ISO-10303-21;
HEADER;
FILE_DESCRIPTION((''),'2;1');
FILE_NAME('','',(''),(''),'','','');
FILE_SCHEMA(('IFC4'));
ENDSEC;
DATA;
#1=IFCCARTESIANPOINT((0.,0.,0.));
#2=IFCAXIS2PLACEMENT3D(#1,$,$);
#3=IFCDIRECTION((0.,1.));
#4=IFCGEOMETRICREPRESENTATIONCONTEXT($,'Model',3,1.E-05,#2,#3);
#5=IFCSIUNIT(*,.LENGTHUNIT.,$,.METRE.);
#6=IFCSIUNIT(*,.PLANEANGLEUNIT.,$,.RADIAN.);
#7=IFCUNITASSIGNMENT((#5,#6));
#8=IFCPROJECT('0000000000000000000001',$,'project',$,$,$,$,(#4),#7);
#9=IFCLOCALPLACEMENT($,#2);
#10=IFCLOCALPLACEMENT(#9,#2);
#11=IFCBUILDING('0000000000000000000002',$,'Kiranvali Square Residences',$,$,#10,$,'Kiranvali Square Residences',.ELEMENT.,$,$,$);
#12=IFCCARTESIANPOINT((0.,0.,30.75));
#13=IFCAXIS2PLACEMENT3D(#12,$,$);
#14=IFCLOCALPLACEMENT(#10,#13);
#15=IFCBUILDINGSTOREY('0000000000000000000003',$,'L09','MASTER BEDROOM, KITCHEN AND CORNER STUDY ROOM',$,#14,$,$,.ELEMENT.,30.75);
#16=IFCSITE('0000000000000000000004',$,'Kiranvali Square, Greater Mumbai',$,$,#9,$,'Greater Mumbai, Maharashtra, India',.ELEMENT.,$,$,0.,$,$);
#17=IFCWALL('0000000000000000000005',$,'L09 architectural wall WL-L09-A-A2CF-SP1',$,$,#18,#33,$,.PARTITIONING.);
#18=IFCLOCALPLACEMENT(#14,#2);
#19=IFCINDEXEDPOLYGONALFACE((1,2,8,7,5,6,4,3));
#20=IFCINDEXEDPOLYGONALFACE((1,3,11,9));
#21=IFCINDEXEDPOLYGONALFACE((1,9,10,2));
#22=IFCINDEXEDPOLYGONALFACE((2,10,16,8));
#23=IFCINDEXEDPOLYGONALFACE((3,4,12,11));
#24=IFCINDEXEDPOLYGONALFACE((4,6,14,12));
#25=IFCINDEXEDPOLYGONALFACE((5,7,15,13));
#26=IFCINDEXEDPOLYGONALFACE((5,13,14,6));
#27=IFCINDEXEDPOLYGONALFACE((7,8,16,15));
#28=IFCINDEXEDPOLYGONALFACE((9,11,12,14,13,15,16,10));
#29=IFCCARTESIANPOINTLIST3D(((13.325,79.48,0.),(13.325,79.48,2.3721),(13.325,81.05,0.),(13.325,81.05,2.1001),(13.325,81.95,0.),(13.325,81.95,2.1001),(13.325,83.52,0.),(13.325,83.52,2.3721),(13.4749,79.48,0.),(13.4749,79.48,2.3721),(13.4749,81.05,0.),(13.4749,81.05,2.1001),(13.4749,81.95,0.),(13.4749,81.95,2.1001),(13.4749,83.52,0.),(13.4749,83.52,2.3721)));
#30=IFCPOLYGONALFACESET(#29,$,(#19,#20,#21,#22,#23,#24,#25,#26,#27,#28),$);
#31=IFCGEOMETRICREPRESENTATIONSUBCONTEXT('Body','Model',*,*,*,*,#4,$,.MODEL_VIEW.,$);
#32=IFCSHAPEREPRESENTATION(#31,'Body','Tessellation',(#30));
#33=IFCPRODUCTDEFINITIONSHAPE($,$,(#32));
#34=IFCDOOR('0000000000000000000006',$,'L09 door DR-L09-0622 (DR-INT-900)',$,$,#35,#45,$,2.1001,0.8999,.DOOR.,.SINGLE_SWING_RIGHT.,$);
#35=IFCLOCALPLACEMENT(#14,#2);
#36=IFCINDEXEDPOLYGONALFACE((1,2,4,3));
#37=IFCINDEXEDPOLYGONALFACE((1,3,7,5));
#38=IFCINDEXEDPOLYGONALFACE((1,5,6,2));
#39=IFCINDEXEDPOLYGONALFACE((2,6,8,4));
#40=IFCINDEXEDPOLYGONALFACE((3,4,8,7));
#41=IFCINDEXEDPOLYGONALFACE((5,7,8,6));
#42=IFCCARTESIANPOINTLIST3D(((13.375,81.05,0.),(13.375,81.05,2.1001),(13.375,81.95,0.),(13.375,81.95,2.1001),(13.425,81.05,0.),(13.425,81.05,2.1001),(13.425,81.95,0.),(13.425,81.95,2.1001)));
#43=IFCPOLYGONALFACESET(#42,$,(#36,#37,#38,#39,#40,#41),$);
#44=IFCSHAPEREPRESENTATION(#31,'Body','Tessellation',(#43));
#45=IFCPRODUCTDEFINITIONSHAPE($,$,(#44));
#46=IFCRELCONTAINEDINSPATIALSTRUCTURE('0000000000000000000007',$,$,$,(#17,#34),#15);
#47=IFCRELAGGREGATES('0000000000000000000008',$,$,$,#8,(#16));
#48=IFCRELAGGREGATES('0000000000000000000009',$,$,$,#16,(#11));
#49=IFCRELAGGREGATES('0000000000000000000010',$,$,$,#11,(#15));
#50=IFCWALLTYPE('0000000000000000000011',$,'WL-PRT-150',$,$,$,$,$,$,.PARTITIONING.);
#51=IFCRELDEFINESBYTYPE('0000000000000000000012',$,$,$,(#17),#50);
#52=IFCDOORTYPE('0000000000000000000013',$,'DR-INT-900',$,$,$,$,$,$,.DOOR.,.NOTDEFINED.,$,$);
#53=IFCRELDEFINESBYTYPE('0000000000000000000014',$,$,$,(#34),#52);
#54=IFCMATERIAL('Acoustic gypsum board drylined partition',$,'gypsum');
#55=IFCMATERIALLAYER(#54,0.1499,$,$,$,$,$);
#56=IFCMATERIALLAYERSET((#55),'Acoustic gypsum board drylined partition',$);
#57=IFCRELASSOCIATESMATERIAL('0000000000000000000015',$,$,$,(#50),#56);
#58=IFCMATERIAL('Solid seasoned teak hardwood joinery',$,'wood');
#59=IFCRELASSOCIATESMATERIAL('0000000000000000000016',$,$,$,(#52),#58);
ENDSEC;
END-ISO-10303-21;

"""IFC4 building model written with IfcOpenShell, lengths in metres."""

from ifc_helpers import new_model, si_unit, direction, frame, frame_2d, origin, place, context, subcontext, project, spatial, rectangle, extrude, material, layer, layer_set, type_object, element, fill, save


model = new_model("IFC4")

# Units and contexts
model_context = context("Model", 3, precision=1e-05, world=origin(), true_north=direction((0.0, 1.0)))
body_context = subcontext(model_context, "Body", "Model", "MODEL_VIEW")
ifc_project = project(units=[si_unit("LENGTHUNIT", "METRE"), si_unit("PLANEANGLEUNIT", "RADIAN")], contexts=[model_context])

# Site, building, storey
site_placement = place(None, origin())
site = spatial("IfcSite", under=ifc_project, at=site_placement, Name="Kiranvali Square, Greater Mumbai", LongName="Greater Mumbai, Maharashtra, India", CompositionType="ELEMENT", RefElevation=0.0)
building_placement = place(site_placement, origin())
building = spatial("IfcBuilding", under=site, at=building_placement, Name="Kiranvali Square Residences", LongName="Kiranvali Square Residences", CompositionType="ELEMENT")
storey_placement = place(building_placement, frame((0.0, 0.0, 30.75)))
storey = spatial("IfcBuildingStorey", under=building, at=storey_placement, Name="L09", Description="MASTER BEDROOM, KITCHEN AND CORNER STUDY ROOM", CompositionType="ELEMENT", Elevation=30.75)

# Wall, opening, door
ifc_material_1 = material(Name="Acoustic gypsum board drylined partition", Category="gypsum")
ifc_layer_1 = layer(ifc_material_1, 0.1499)
ifc_layer_set_1 = layer_set([ifc_layer_1], Name="Acoustic gypsum board drylined partition")
wall_type_1 = type_object("IfcWallType", Name="WL-PRT-150", PredefinedType="PARTITIONING", material=ifc_layer_set_1)
ifc_material_2 = material(Name="Solid seasoned teak hardwood joinery", Category="wood")
door_type_1 = type_object("IfcDoorType", Name="DR-INT-900", OperationType="NOTDEFINED", PredefinedType="DOOR", material=ifc_material_2)
wall_1_placement = place(storey_placement, frame((13.3999, 83.52, 0.0), z_axis=(0.0, 0.0, 1.0), x_axis=(0.0, -1.0, 0.0)))
wall_1 = element("IfcWall", 1, at=wall_1_placement, inside=storey, type_object=wall_type_1, Name="L09 architectural wall WL-L09-A-A2CF-SP1", PredefinedType="PARTITIONING", context=body_context, shape_type="SweptSolid", body=[
    extrude(rectangle(XDim=4.04, YDim=0.1499, at=frame_2d((2.02, 0.0))), origin(), (0.0, 0.0, 1.0), 2.3721),
])
opening_1_placement = place(wall_1_placement, frame((1.5701, 0.0, 0.0)))
opening_1 = element("IfcOpeningElement", 2, at=opening_1_placement, cuts=wall_1, PredefinedType="OPENING", context=body_context, shape_type="SweptSolid", body=[
    extrude(rectangle(XDim=0.8999, YDim=2.1001, at=frame_2d((0.45, 1.05))), frame((0.0, 0.085, 0.0), z_axis=(0.0, -1.0, 0.0), x_axis=(1.0, 0.0, 0.0)), (0.0, 0.0, 1.0), 0.1699),
])
door_1_placement = place(opening_1_placement, frame((0.8999, 0.0, 0.0), z_axis=(0.0, 0.0, 1.0), x_axis=(-1.0, 0.0, 0.0)))
door_1 = element("IfcDoor", 3, at=door_1_placement, inside=storey, type_object=door_type_1, Name="L09 door DR-L09-0622 (DR-INT-900)", OperationType="SINGLE_SWING_RIGHT", OverallHeight=2.1001, OverallWidth=0.8999, PredefinedType="DOOR", context=body_context, shape_type="SweptSolid", body=[
    extrude(rectangle(XDim=0.8999, YDim=2.1001, at=frame_2d((0.45, 1.05))), frame((0.0, 0.0249, 0.0), z_axis=(0.0, -1.0, 0.0), x_axis=(1.0, 0.0, 0.0)), (0.0, 0.0, 1.0), 0.05),
])
fill(opening_1, door_1)

save(model, "model.ifc")
